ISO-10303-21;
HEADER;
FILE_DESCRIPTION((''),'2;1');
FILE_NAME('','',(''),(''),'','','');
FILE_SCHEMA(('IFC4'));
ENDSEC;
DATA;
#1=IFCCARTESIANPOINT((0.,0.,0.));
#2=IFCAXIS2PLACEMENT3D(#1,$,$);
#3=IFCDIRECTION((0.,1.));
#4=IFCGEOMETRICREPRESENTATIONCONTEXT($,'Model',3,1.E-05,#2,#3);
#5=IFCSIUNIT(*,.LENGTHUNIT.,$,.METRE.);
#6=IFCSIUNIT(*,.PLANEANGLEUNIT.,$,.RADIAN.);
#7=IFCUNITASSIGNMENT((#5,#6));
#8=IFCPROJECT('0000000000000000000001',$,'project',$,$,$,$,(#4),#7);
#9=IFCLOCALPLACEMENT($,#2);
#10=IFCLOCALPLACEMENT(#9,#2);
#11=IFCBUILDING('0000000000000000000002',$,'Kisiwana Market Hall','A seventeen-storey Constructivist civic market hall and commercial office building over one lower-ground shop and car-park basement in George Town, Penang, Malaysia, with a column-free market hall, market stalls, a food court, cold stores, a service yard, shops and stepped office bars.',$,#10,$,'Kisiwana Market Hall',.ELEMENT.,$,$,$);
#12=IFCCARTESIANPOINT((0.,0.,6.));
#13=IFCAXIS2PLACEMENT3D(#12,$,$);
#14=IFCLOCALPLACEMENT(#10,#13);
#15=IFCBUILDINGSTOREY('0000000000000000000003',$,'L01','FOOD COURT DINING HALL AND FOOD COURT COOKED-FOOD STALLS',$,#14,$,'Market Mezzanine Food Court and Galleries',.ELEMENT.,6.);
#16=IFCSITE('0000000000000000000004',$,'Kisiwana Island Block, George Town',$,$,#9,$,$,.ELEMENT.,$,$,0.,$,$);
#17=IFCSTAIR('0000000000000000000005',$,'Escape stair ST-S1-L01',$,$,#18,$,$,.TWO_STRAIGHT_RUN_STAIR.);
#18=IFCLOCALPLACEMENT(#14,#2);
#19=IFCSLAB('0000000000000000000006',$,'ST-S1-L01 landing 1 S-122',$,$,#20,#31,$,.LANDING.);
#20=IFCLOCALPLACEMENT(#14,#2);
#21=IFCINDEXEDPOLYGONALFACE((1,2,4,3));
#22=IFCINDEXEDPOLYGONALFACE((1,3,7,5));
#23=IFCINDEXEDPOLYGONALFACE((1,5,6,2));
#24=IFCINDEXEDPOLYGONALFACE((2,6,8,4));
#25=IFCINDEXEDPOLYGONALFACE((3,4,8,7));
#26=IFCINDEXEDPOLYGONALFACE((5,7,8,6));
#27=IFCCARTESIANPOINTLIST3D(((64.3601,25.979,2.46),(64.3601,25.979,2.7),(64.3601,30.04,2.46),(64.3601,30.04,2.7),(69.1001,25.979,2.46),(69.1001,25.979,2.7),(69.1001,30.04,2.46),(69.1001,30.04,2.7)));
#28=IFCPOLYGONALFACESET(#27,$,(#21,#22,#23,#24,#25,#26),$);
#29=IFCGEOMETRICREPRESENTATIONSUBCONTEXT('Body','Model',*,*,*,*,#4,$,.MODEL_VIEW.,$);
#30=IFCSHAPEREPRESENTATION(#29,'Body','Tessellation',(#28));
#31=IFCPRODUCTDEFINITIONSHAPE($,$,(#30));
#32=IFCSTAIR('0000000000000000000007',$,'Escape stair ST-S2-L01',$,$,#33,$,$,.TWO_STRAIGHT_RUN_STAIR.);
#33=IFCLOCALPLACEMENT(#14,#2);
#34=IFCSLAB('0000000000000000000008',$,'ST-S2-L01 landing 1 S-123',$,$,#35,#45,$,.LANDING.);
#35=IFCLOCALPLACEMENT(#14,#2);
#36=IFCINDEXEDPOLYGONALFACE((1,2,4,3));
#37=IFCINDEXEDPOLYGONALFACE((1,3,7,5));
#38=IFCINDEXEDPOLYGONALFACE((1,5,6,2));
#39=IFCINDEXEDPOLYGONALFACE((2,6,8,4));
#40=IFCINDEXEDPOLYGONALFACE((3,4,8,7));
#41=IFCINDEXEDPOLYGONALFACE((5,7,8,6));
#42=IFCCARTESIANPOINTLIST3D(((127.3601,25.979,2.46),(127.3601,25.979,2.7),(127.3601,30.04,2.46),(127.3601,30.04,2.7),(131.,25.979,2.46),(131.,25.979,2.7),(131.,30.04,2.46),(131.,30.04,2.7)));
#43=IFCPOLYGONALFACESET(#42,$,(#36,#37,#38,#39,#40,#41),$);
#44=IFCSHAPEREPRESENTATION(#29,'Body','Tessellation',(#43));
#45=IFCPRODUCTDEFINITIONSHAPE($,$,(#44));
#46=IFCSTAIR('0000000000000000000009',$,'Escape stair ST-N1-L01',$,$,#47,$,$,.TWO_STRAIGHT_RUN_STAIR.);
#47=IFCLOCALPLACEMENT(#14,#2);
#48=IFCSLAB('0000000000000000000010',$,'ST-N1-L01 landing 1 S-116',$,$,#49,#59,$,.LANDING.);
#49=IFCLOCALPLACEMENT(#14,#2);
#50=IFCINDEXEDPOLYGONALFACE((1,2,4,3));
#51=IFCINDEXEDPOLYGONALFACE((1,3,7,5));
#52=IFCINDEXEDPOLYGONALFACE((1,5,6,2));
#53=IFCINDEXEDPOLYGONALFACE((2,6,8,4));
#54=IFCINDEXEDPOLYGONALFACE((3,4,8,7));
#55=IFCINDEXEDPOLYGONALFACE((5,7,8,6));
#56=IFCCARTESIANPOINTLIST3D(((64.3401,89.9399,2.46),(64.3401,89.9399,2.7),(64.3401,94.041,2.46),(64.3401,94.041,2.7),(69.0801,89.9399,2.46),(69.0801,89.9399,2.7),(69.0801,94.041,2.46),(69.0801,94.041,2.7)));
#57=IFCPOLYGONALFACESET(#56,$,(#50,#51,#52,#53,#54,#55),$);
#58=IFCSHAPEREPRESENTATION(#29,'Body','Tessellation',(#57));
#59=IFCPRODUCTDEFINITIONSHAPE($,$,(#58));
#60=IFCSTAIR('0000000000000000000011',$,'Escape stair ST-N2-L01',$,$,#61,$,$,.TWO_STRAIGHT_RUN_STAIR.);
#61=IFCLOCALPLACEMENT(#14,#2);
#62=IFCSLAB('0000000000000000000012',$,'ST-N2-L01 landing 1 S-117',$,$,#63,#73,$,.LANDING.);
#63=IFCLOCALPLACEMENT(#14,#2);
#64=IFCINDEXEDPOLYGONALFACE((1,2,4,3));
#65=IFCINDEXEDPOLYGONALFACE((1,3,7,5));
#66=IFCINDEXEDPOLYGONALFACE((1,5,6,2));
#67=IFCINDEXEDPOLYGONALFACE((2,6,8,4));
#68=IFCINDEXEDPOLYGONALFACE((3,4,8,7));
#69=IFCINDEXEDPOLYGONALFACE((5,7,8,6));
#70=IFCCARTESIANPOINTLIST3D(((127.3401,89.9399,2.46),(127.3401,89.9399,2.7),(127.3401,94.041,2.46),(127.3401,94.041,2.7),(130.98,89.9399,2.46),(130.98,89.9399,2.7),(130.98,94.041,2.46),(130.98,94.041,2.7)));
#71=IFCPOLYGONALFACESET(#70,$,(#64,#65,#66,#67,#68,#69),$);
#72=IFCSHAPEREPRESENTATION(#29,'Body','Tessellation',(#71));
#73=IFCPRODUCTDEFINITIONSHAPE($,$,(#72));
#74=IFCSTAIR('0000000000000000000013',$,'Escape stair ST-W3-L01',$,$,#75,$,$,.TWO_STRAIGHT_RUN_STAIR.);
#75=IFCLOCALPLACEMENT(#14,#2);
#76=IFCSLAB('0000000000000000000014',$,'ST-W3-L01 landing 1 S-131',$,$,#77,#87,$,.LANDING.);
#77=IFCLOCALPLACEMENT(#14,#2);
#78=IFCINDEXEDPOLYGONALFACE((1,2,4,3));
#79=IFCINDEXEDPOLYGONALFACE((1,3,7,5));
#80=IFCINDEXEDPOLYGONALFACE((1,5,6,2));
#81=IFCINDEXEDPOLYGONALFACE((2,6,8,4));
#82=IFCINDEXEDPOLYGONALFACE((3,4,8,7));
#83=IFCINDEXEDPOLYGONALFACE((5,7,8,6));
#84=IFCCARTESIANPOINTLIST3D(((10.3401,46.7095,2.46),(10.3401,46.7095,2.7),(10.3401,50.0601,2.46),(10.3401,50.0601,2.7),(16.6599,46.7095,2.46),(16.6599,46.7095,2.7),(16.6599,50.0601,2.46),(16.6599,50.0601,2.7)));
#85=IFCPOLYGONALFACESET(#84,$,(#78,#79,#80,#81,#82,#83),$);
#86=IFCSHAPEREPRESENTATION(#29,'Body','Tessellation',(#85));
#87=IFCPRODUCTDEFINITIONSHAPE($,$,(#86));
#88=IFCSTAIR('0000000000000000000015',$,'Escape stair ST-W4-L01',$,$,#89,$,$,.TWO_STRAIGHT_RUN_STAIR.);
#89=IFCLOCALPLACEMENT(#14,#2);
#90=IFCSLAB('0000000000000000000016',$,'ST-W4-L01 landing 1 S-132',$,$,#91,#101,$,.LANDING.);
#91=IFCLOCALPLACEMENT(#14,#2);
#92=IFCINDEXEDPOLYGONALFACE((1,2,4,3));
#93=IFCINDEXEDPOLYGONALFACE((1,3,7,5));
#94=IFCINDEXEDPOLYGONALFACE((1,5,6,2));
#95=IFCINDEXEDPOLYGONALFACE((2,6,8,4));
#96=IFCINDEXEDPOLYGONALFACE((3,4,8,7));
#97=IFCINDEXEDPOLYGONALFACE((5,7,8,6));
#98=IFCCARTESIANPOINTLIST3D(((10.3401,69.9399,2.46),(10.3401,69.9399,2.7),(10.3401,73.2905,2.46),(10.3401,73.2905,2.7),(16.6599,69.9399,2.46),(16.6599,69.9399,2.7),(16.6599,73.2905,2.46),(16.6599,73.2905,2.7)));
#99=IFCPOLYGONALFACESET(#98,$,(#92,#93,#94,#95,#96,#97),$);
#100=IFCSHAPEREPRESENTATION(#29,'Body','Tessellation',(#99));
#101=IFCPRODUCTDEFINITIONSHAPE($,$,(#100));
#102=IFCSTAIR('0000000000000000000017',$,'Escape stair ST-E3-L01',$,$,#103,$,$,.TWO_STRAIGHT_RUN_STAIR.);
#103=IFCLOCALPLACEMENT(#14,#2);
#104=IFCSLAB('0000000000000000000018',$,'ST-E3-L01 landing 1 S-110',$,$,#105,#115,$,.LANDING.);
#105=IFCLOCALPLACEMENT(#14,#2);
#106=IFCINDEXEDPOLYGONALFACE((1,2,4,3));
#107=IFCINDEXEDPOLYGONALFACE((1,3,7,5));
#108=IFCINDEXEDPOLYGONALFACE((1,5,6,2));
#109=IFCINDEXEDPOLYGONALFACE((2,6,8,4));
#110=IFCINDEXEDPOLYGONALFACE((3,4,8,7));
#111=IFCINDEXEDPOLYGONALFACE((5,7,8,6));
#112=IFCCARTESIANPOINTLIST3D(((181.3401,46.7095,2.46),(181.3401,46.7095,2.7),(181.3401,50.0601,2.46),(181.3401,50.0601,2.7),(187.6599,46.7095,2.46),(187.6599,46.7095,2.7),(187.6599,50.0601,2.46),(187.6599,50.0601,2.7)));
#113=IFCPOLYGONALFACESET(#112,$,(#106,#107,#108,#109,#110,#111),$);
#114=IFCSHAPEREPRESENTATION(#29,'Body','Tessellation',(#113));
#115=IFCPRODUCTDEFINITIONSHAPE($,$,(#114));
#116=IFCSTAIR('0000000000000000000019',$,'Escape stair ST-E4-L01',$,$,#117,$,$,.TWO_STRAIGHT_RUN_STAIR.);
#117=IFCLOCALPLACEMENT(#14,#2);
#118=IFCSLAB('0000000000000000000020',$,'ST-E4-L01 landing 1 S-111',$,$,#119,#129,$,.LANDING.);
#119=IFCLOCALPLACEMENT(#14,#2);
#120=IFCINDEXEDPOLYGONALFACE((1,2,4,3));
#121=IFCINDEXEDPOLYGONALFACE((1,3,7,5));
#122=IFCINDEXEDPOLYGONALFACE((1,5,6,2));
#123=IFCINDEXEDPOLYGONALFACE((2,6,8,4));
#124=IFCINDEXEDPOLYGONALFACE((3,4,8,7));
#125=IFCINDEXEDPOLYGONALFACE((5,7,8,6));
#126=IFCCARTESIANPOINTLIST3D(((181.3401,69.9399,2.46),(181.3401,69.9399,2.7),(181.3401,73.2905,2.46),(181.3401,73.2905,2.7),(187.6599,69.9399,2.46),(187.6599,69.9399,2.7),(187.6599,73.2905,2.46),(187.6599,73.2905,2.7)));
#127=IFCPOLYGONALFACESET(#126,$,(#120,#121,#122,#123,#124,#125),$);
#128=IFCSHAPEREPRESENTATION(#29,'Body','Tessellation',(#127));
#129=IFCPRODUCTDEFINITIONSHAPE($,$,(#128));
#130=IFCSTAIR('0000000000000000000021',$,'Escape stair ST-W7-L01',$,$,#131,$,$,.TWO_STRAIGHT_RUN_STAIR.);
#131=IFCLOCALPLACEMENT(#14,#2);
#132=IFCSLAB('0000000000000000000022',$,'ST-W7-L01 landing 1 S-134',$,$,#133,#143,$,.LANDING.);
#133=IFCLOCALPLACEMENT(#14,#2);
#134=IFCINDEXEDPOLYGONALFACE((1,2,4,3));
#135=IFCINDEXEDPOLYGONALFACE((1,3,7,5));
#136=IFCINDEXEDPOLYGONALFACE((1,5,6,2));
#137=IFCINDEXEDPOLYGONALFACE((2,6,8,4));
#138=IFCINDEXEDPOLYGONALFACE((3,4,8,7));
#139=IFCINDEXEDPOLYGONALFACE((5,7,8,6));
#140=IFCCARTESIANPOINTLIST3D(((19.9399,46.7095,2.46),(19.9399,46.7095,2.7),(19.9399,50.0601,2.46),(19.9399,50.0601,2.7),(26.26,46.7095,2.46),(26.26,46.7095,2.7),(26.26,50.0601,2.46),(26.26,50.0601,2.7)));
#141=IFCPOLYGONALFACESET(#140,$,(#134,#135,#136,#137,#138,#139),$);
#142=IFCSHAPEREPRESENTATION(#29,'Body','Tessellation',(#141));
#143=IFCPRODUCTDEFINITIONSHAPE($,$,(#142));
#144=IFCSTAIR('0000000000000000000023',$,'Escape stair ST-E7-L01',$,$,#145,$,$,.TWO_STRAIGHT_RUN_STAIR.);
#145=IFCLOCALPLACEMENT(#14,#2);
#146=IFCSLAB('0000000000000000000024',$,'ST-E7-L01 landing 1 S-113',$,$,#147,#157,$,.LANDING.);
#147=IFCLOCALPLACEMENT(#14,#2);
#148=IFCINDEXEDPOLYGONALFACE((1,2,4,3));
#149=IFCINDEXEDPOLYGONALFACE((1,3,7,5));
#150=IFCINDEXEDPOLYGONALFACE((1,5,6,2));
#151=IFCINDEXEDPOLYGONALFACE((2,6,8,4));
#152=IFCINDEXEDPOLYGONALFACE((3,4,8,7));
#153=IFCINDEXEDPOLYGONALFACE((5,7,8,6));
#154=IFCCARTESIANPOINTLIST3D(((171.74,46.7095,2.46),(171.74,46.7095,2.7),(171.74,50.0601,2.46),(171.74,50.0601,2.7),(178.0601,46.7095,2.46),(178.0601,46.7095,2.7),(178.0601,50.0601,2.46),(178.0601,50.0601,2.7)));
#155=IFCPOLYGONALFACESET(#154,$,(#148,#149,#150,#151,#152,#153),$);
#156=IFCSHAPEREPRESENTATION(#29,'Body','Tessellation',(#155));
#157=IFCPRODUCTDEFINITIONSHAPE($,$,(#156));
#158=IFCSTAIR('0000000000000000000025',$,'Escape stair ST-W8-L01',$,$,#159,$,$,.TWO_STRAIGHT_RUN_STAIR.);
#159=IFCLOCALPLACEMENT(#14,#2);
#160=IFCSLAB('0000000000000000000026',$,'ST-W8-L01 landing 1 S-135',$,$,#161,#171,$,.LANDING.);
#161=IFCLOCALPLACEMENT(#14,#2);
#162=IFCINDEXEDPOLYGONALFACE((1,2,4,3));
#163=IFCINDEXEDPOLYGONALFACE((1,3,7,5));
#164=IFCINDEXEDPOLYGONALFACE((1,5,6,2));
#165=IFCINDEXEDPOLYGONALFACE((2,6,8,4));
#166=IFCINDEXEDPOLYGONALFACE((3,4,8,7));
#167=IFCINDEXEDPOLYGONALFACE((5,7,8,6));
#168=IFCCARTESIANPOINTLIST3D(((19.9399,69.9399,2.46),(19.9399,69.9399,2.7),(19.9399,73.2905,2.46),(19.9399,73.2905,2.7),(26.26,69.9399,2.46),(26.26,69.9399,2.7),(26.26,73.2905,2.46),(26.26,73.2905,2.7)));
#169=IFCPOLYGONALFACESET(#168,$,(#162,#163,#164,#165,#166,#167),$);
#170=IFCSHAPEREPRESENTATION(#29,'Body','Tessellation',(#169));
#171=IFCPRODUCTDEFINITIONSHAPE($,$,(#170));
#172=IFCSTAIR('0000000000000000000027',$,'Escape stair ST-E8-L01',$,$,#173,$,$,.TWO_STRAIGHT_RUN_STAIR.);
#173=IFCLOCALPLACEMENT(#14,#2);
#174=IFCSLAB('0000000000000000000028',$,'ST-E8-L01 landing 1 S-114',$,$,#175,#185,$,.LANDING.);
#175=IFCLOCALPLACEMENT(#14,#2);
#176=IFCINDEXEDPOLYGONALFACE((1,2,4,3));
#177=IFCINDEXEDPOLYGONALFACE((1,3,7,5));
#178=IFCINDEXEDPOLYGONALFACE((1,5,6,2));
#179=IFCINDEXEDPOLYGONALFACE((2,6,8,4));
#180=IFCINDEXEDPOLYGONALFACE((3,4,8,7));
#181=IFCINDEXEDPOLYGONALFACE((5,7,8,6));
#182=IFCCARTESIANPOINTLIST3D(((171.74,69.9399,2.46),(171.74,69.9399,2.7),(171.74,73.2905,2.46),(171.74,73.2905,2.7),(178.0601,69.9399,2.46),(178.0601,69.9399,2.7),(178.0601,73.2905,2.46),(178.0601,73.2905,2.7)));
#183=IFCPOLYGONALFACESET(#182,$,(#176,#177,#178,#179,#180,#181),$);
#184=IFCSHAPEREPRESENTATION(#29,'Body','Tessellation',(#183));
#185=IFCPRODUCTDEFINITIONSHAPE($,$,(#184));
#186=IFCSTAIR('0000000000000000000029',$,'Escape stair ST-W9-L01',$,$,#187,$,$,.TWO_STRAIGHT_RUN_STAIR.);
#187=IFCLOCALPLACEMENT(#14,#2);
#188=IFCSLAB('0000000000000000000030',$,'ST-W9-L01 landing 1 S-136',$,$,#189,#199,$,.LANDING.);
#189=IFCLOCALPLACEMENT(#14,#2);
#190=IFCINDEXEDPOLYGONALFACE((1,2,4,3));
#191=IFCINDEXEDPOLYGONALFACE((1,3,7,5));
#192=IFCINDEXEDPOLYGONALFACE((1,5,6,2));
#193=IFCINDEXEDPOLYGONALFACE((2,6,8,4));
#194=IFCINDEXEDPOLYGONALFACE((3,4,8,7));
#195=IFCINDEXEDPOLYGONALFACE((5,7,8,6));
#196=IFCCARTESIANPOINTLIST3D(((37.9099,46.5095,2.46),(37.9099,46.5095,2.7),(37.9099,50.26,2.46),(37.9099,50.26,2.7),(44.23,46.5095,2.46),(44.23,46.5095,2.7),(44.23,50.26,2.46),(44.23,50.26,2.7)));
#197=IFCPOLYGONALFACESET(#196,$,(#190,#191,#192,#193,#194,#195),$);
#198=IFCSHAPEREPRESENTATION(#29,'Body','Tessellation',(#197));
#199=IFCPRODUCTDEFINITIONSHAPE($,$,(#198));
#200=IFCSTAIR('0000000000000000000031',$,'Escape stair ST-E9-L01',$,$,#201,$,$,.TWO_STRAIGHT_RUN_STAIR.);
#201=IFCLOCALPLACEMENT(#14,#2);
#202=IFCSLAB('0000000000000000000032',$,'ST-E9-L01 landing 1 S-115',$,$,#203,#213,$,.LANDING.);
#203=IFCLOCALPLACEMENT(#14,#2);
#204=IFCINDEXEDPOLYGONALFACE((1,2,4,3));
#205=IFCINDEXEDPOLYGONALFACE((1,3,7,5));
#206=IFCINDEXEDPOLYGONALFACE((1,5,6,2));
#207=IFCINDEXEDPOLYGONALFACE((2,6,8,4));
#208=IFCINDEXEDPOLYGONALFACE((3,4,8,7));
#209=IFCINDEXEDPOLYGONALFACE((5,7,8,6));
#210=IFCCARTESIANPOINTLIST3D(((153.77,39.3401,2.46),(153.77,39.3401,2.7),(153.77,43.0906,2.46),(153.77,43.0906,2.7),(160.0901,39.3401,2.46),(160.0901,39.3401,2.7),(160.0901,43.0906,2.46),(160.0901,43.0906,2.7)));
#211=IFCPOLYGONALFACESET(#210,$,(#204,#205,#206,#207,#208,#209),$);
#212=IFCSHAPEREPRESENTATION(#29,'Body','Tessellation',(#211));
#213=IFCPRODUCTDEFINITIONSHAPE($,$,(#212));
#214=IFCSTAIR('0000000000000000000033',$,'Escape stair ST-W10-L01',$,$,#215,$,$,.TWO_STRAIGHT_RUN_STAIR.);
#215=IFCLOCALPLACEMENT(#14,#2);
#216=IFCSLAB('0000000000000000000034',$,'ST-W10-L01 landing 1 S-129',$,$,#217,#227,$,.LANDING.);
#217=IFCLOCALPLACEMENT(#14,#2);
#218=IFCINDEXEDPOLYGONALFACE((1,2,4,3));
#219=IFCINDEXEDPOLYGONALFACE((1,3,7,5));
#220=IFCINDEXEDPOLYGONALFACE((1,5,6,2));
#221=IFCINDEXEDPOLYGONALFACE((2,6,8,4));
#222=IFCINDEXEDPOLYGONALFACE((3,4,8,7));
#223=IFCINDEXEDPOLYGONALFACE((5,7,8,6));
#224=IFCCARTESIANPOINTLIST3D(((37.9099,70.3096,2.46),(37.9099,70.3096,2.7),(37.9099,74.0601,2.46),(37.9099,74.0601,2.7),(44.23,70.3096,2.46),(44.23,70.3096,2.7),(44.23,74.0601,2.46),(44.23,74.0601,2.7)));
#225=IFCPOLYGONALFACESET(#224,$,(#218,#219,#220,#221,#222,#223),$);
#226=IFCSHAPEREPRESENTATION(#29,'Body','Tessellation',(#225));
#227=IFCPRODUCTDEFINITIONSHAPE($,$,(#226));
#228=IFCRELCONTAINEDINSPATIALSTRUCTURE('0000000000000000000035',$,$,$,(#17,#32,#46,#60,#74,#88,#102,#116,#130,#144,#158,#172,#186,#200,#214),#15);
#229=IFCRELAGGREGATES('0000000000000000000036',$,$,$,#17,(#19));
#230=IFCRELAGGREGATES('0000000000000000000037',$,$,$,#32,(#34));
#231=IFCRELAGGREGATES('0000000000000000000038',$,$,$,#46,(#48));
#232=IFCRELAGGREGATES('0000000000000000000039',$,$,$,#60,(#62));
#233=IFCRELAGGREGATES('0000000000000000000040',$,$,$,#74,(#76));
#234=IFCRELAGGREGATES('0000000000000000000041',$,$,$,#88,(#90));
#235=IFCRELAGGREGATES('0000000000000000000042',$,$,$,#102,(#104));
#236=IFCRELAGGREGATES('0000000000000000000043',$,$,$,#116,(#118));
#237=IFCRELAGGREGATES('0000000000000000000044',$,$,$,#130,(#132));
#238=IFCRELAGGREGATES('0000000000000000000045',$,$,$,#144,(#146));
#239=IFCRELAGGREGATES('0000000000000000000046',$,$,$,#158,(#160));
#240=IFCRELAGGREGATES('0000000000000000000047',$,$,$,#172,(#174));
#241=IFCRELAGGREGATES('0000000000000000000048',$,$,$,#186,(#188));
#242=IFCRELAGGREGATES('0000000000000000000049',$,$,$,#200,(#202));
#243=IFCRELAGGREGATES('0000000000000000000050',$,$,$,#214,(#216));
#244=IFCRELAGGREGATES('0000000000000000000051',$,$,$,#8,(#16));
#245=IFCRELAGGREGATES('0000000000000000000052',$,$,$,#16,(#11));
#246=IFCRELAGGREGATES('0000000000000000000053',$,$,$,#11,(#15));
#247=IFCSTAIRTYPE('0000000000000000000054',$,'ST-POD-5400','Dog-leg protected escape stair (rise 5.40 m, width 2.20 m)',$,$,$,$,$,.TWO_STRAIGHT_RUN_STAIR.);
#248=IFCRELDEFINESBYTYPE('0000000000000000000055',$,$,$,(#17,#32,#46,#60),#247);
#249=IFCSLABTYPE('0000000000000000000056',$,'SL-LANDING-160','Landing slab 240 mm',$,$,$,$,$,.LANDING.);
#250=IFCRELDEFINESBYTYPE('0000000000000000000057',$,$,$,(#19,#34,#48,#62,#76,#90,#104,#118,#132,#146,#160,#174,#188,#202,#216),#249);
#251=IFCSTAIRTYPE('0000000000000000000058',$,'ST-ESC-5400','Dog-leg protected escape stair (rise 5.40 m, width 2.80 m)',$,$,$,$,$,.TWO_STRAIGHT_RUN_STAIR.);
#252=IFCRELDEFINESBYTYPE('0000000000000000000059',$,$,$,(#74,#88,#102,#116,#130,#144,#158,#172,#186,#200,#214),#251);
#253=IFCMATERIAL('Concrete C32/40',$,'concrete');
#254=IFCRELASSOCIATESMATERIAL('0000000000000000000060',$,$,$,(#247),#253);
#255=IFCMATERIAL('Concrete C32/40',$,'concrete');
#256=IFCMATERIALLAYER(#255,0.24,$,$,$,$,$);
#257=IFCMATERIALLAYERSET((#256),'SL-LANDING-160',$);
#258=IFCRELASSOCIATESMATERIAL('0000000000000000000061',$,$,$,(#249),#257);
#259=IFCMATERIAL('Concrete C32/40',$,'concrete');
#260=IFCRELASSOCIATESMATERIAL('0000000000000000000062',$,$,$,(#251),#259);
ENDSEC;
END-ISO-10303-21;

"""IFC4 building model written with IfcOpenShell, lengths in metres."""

from ifc_helpers import new_model, si_unit, direction, frame, origin, place, context, subcontext, project, spatial, polyline, outline, extrude, material, layer, layer_set, type_object, element, aggregate, save


model = new_model("IFC4")

# Units and contexts
model_context = context("Model", 3, precision=1e-05, world=origin(), true_north=direction((0.0, 1.0)))
body_context = subcontext(model_context, "Body", "Model", "MODEL_VIEW")
ifc_project = project(units=[si_unit("LENGTHUNIT", "METRE"), si_unit("PLANEANGLEUNIT", "RADIAN")], contexts=[model_context])

# Site, building, storey
site_placement = place(None, origin())
site = spatial("IfcSite", under=ifc_project, at=site_placement, Name="Kisiwana Island Block, George Town", CompositionType="ELEMENT", RefElevation=0.0)
building_placement = place(site_placement, origin())
building = spatial("IfcBuilding", under=site, at=building_placement, Name="Kisiwana Market Hall", Description="A seventeen-storey Constructivist civic market hall and commercial office building over one lower-ground shop and car-park basement in George Town, Penang, Malaysia, with a column-free market hall, market stalls, a food court, cold stores, a service yard, shops and stepped office bars.", LongName="Kisiwana Market Hall", CompositionType="ELEMENT")
storey_placement = place(building_placement, frame((0.0, 0.0, 6.0)))
storey = spatial("IfcBuildingStorey", under=building, at=storey_placement, Name="L01", Description="FOOD COURT DINING HALL AND FOOD COURT COOKED-FOOD STALLS", LongName="Market Mezzanine Food Court and Galleries", CompositionType="ELEMENT", Elevation=6.0)

# Stairs, slabs
ifc_material_1 = material(Name="Concrete C32/40", Category="concrete")
stair_type_1 = type_object("IfcStairType", Name="ST-POD-5400", Description="Dog-leg protected escape stair (rise 5.40 m, width 2.20 m)", PredefinedType="TWO_STRAIGHT_RUN_STAIR", material=ifc_material_1)
stair_1_placement = place(storey_placement, origin())
stair_1 = element("IfcStair", 1, at=stair_1_placement, inside=storey, type_object=stair_type_1, Name="Escape stair ST-S1-L01", PredefinedType="TWO_STRAIGHT_RUN_STAIR")
ifc_material_2 = material(Name="Concrete C32/40", Category="concrete")
ifc_layer = layer(ifc_material_2, 0.24)
ifc_layer_set = layer_set([ifc_layer], Name="SL-LANDING-160")
slab_type = type_object("IfcSlabType", Name="SL-LANDING-160", Description="Landing slab 240 mm", PredefinedType="LANDING", material=ifc_layer_set)
slab_1_placement = place(storey_placement, frame((0.0, 0.0, 2.46)))
slab_1 = element("IfcSlab", 2, at=slab_1_placement, type_object=slab_type, Name="ST-S1-L01 landing 1 S-122", PredefinedType="LANDING", context=body_context, shape_type="SweptSolid", body=[
    extrude(outline(polyline([(64.3601, 25.979), (69.1001, 25.979), (69.1001, 30.04), (64.3601, 30.04), (64.3601, 25.979)])), origin(), (0.0, 0.0, 1.0), 0.24),
])
aggregate(stair_1, [slab_1])
stair_2_placement = place(storey_placement, origin())
stair_2 = element("IfcStair", 3, at=stair_2_placement, inside=storey, type_object=stair_type_1, Name="Escape stair ST-S2-L01", PredefinedType="TWO_STRAIGHT_RUN_STAIR")
slab_2_placement = place(storey_placement, frame((0.0, 0.0, 2.46)))
slab_2 = element("IfcSlab", 4, at=slab_2_placement, type_object=slab_type, Name="ST-S2-L01 landing 1 S-123", PredefinedType="LANDING", context=body_context, shape_type="SweptSolid", body=[
    extrude(outline(polyline([(127.3601, 25.979), (131.0, 25.979), (131.0, 30.04), (127.3601, 30.04), (127.3601, 25.979)])), origin(), (0.0, 0.0, 1.0), 0.24),
])
aggregate(stair_2, [slab_2])
stair_3_placement = place(storey_placement, origin())
stair_3 = element("IfcStair", 5, at=stair_3_placement, inside=storey, type_object=stair_type_1, Name="Escape stair ST-N1-L01", PredefinedType="TWO_STRAIGHT_RUN_STAIR")
slab_3_placement = place(storey_placement, frame((0.0, 0.0, 2.46)))
slab_3 = element("IfcSlab", 6, at=slab_3_placement, type_object=slab_type, Name="ST-N1-L01 landing 1 S-116", PredefinedType="LANDING", context=body_context, shape_type="SweptSolid", body=[
    extrude(outline(polyline([(64.3401, 89.9399), (69.0801, 89.9399), (69.0801, 94.041), (64.3401, 94.041), (64.3401, 89.9399)])), origin(), (0.0, 0.0, 1.0), 0.24),
])
aggregate(stair_3, [slab_3])
stair_4_placement = place(storey_placement, origin())
stair_4 = element("IfcStair", 7, at=stair_4_placement, inside=storey, type_object=stair_type_1, Name="Escape stair ST-N2-L01", PredefinedType="TWO_STRAIGHT_RUN_STAIR")
slab_4_placement = place(storey_placement, frame((0.0, 0.0, 2.46)))
slab_4 = element("IfcSlab", 8, at=slab_4_placement, type_object=slab_type, Name="ST-N2-L01 landing 1 S-117", PredefinedType="LANDING", context=body_context, shape_type="SweptSolid", body=[
    extrude(outline(polyline([(127.3401, 89.9399), (130.98, 89.9399), (130.98, 94.041), (127.3401, 94.041), (127.3401, 89.9399)])), origin(), (0.0, 0.0, 1.0), 0.24),
])
aggregate(stair_4, [slab_4])
ifc_material_3 = material(Name="Concrete C32/40", Category="concrete")
stair_type_2 = type_object("IfcStairType", Name="ST-ESC-5400", Description="Dog-leg protected escape stair (rise 5.40 m, width 2.80 m)", PredefinedType="TWO_STRAIGHT_RUN_STAIR", material=ifc_material_3)
stair_5_placement = place(storey_placement, origin())
stair_5 = element("IfcStair", 9, at=stair_5_placement, inside=storey, type_object=stair_type_2, Name="Escape stair ST-W3-L01", PredefinedType="TWO_STRAIGHT_RUN_STAIR")
slab_5_placement = place(storey_placement, frame((0.0, 0.0, 2.46)))
slab_5 = element("IfcSlab", 10, at=slab_5_placement, type_object=slab_type, Name="ST-W3-L01 landing 1 S-131", PredefinedType="LANDING", context=body_context, shape_type="SweptSolid", body=[
    extrude(outline(polyline([(10.3401, 46.7095), (16.6599, 46.7095), (16.6599, 50.0601), (10.3401, 50.0601), (10.3401, 46.7095)])), origin(), (0.0, 0.0, 1.0), 0.24),
])
aggregate(stair_5, [slab_5])
stair_6_placement = place(storey_placement, origin())
stair_6 = element("IfcStair", 11, at=stair_6_placement, inside=storey, type_object=stair_type_2, Name="Escape stair ST-W4-L01", PredefinedType="TWO_STRAIGHT_RUN_STAIR")
slab_6_placement = place(storey_placement, frame((0.0, 0.0, 2.46)))
slab_6 = element("IfcSlab", 12, at=slab_6_placement, type_object=slab_type, Name="ST-W4-L01 landing 1 S-132", PredefinedType="LANDING", context=body_context, shape_type="SweptSolid", body=[
    extrude(outline(polyline([(10.3401, 69.9399), (16.6599, 69.9399), (16.6599, 73.2905), (10.3401, 73.2905), (10.3401, 69.9399)])), origin(), (0.0, 0.0, 1.0), 0.24),
])
aggregate(stair_6, [slab_6])
stair_7_placement = place(storey_placement, origin())
stair_7 = element("IfcStair", 13, at=stair_7_placement, inside=storey, type_object=stair_type_2, Name="Escape stair ST-E3-L01", PredefinedType="TWO_STRAIGHT_RUN_STAIR")
slab_7_placement = place(storey_placement, frame((0.0, 0.0, 2.46)))
slab_7 = element("IfcSlab", 14, at=slab_7_placement, type_object=slab_type, Name="ST-E3-L01 landing 1 S-110", PredefinedType="LANDING", context=body_context, shape_type="SweptSolid", body=[
    extrude(outline(polyline([(181.3401, 46.7095), (187.6599, 46.7095), (187.6599, 50.0601), (181.3401, 50.0601), (181.3401, 46.7095)])), origin(), (0.0, 0.0, 1.0), 0.24),
])
aggregate(stair_7, [slab_7])
stair_8_placement = place(storey_placement, origin())
stair_8 = element("IfcStair", 15, at=stair_8_placement, inside=storey, type_object=stair_type_2, Name="Escape stair ST-E4-L01", PredefinedType="TWO_STRAIGHT_RUN_STAIR")
slab_8_placement = place(storey_placement, frame((0.0, 0.0, 2.46)))
slab_8 = element("IfcSlab", 16, at=slab_8_placement, type_object=slab_type, Name="ST-E4-L01 landing 1 S-111", PredefinedType="LANDING", context=body_context, shape_type="SweptSolid", body=[
    extrude(outline(polyline([(181.3401, 69.9399), (187.6599, 69.9399), (187.6599, 73.2905), (181.3401, 73.2905), (181.3401, 69.9399)])), origin(), (0.0, 0.0, 1.0), 0.24),
])
aggregate(stair_8, [slab_8])
stair_9_placement = place(storey_placement, origin())
stair_9 = element("IfcStair", 17, at=stair_9_placement, inside=storey, type_object=stair_type_2, Name="Escape stair ST-W7-L01", PredefinedType="TWO_STRAIGHT_RUN_STAIR")
slab_9_placement = place(storey_placement, frame((0.0, 0.0, 2.46)))
slab_9 = element("IfcSlab", 18, at=slab_9_placement, type_object=slab_type, Name="ST-W7-L01 landing 1 S-134", PredefinedType="LANDING", context=body_context, shape_type="SweptSolid", body=[
    extrude(outline(polyline([(19.9399, 46.7095), (26.26, 46.7095), (26.26, 50.0601), (19.9399, 50.0601), (19.9399, 46.7095)])), origin(), (0.0, 0.0, 1.0), 0.24),
])
aggregate(stair_9, [slab_9])
stair_10_placement = place(storey_placement, origin())
stair_10 = element("IfcStair", 19, at=stair_10_placement, inside=storey, type_object=stair_type_2, Name="Escape stair ST-E7-L01", PredefinedType="TWO_STRAIGHT_RUN_STAIR")
slab_10_placement = place(storey_placement, frame((0.0, 0.0, 2.46)))
slab_10 = element("IfcSlab", 20, at=slab_10_placement, type_object=slab_type, Name="ST-E7-L01 landing 1 S-113", PredefinedType="LANDING", context=body_context, shape_type="SweptSolid", body=[
    extrude(outline(polyline([(171.74, 46.7095), (178.0601, 46.7095), (178.0601, 50.0601), (171.74, 50.0601), (171.74, 46.7095)])), origin(), (0.0, 0.0, 1.0), 0.24),
])
aggregate(stair_10, [slab_10])
stair_11_placement = place(storey_placement, origin())
stair_11 = element("IfcStair", 21, at=stair_11_placement, inside=storey, type_object=stair_type_2, Name="Escape stair ST-W8-L01", PredefinedType="TWO_STRAIGHT_RUN_STAIR")
slab_11_placement = place(storey_placement, frame((0.0, 0.0, 2.46)))
slab_11 = element("IfcSlab", 22, at=slab_11_placement, type_object=slab_type, Name="ST-W8-L01 landing 1 S-135", PredefinedType="LANDING", context=body_context, shape_type="SweptSolid", body=[
    extrude(outline(polyline([(19.9399, 69.9399), (26.26, 69.9399), (26.26, 73.2905), (19.9399, 73.2905), (19.9399, 69.9399)])), origin(), (0.0, 0.0, 1.0), 0.24),
])
aggregate(stair_11, [slab_11])
stair_12_placement = place(storey_placement, origin())
stair_12 = element("IfcStair", 23, at=stair_12_placement, inside=storey, type_object=stair_type_2, Name="Escape stair ST-E8-L01", PredefinedType="TWO_STRAIGHT_RUN_STAIR")
slab_12_placement = place(storey_placement, frame((0.0, 0.0, 2.46)))
slab_12 = element("IfcSlab", 24, at=slab_12_placement, type_object=slab_type, Name="ST-E8-L01 landing 1 S-114", PredefinedType="LANDING", context=body_context, shape_type="SweptSolid", body=[
    extrude(outline(polyline([(171.74, 69.9399), (178.0601, 69.9399), (178.0601, 73.2905), (171.74, 73.2905), (171.74, 69.9399)])), origin(), (0.0, 0.0, 1.0), 0.24),
])
aggregate(stair_12, [slab_12])
stair_13_placement = place(storey_placement, origin())
stair_13 = element("IfcStair", 25, at=stair_13_placement, inside=storey, type_object=stair_type_2, Name="Escape stair ST-W9-L01", PredefinedType="TWO_STRAIGHT_RUN_STAIR")
slab_13_placement = place(storey_placement, frame((0.0, 0.0, 2.46)))
slab_13 = element("IfcSlab", 26, at=slab_13_placement, type_object=slab_type, Name="ST-W9-L01 landing 1 S-136", PredefinedType="LANDING", context=body_context, shape_type="SweptSolid", body=[
    extrude(outline(polyline([(37.9099, 46.5095), (44.23, 46.5095), (44.23, 50.26), (37.9099, 50.26), (37.9099, 46.5095)])), origin(), (0.0, 0.0, 1.0), 0.24),
])
aggregate(stair_13, [slab_13])
stair_14_placement = place(storey_placement, origin())
stair_14 = element("IfcStair", 27, at=stair_14_placement, inside=storey, type_object=stair_type_2, Name="Escape stair ST-E9-L01", PredefinedType="TWO_STRAIGHT_RUN_STAIR")
slab_14_placement = place(storey_placement, frame((0.0, 0.0, 2.46)))
slab_14 = element("IfcSlab", 28, at=slab_14_placement, type_object=slab_type, Name="ST-E9-L01 landing 1 S-115", PredefinedType="LANDING", context=body_context, shape_type="SweptSolid", body=[
    extrude(outline(polyline([(153.77, 39.3401), (160.0901, 39.3401), (160.0901, 43.0906), (153.77, 43.0906), (153.77, 39.3401)])), origin(), (0.0, 0.0, 1.0), 0.24),
])
aggregate(stair_14, [slab_14])
stair_15_placement = place(storey_placement, origin())
stair_15 = element("IfcStair", 29, at=stair_15_placement, inside=storey, type_object=stair_type_2, Name="Escape stair ST-W10-L01", PredefinedType="TWO_STRAIGHT_RUN_STAIR")
slab_15_placement = place(storey_placement, frame((0.0, 0.0, 2.46)))
slab_15 = element("IfcSlab", 30, at=slab_15_placement, type_object=slab_type, Name="ST-W10-L01 landing 1 S-129", PredefinedType="LANDING", context=body_context, shape_type="SweptSolid", body=[
    extrude(outline(polyline([(37.9099, 70.3096), (44.23, 70.3096), (44.23, 74.0601), (37.9099, 74.0601), (37.9099, 70.3096)])), origin(), (0.0, 0.0, 1.0), 0.24),
])
aggregate(stair_15, [slab_15])

save(model, "model.ifc")
